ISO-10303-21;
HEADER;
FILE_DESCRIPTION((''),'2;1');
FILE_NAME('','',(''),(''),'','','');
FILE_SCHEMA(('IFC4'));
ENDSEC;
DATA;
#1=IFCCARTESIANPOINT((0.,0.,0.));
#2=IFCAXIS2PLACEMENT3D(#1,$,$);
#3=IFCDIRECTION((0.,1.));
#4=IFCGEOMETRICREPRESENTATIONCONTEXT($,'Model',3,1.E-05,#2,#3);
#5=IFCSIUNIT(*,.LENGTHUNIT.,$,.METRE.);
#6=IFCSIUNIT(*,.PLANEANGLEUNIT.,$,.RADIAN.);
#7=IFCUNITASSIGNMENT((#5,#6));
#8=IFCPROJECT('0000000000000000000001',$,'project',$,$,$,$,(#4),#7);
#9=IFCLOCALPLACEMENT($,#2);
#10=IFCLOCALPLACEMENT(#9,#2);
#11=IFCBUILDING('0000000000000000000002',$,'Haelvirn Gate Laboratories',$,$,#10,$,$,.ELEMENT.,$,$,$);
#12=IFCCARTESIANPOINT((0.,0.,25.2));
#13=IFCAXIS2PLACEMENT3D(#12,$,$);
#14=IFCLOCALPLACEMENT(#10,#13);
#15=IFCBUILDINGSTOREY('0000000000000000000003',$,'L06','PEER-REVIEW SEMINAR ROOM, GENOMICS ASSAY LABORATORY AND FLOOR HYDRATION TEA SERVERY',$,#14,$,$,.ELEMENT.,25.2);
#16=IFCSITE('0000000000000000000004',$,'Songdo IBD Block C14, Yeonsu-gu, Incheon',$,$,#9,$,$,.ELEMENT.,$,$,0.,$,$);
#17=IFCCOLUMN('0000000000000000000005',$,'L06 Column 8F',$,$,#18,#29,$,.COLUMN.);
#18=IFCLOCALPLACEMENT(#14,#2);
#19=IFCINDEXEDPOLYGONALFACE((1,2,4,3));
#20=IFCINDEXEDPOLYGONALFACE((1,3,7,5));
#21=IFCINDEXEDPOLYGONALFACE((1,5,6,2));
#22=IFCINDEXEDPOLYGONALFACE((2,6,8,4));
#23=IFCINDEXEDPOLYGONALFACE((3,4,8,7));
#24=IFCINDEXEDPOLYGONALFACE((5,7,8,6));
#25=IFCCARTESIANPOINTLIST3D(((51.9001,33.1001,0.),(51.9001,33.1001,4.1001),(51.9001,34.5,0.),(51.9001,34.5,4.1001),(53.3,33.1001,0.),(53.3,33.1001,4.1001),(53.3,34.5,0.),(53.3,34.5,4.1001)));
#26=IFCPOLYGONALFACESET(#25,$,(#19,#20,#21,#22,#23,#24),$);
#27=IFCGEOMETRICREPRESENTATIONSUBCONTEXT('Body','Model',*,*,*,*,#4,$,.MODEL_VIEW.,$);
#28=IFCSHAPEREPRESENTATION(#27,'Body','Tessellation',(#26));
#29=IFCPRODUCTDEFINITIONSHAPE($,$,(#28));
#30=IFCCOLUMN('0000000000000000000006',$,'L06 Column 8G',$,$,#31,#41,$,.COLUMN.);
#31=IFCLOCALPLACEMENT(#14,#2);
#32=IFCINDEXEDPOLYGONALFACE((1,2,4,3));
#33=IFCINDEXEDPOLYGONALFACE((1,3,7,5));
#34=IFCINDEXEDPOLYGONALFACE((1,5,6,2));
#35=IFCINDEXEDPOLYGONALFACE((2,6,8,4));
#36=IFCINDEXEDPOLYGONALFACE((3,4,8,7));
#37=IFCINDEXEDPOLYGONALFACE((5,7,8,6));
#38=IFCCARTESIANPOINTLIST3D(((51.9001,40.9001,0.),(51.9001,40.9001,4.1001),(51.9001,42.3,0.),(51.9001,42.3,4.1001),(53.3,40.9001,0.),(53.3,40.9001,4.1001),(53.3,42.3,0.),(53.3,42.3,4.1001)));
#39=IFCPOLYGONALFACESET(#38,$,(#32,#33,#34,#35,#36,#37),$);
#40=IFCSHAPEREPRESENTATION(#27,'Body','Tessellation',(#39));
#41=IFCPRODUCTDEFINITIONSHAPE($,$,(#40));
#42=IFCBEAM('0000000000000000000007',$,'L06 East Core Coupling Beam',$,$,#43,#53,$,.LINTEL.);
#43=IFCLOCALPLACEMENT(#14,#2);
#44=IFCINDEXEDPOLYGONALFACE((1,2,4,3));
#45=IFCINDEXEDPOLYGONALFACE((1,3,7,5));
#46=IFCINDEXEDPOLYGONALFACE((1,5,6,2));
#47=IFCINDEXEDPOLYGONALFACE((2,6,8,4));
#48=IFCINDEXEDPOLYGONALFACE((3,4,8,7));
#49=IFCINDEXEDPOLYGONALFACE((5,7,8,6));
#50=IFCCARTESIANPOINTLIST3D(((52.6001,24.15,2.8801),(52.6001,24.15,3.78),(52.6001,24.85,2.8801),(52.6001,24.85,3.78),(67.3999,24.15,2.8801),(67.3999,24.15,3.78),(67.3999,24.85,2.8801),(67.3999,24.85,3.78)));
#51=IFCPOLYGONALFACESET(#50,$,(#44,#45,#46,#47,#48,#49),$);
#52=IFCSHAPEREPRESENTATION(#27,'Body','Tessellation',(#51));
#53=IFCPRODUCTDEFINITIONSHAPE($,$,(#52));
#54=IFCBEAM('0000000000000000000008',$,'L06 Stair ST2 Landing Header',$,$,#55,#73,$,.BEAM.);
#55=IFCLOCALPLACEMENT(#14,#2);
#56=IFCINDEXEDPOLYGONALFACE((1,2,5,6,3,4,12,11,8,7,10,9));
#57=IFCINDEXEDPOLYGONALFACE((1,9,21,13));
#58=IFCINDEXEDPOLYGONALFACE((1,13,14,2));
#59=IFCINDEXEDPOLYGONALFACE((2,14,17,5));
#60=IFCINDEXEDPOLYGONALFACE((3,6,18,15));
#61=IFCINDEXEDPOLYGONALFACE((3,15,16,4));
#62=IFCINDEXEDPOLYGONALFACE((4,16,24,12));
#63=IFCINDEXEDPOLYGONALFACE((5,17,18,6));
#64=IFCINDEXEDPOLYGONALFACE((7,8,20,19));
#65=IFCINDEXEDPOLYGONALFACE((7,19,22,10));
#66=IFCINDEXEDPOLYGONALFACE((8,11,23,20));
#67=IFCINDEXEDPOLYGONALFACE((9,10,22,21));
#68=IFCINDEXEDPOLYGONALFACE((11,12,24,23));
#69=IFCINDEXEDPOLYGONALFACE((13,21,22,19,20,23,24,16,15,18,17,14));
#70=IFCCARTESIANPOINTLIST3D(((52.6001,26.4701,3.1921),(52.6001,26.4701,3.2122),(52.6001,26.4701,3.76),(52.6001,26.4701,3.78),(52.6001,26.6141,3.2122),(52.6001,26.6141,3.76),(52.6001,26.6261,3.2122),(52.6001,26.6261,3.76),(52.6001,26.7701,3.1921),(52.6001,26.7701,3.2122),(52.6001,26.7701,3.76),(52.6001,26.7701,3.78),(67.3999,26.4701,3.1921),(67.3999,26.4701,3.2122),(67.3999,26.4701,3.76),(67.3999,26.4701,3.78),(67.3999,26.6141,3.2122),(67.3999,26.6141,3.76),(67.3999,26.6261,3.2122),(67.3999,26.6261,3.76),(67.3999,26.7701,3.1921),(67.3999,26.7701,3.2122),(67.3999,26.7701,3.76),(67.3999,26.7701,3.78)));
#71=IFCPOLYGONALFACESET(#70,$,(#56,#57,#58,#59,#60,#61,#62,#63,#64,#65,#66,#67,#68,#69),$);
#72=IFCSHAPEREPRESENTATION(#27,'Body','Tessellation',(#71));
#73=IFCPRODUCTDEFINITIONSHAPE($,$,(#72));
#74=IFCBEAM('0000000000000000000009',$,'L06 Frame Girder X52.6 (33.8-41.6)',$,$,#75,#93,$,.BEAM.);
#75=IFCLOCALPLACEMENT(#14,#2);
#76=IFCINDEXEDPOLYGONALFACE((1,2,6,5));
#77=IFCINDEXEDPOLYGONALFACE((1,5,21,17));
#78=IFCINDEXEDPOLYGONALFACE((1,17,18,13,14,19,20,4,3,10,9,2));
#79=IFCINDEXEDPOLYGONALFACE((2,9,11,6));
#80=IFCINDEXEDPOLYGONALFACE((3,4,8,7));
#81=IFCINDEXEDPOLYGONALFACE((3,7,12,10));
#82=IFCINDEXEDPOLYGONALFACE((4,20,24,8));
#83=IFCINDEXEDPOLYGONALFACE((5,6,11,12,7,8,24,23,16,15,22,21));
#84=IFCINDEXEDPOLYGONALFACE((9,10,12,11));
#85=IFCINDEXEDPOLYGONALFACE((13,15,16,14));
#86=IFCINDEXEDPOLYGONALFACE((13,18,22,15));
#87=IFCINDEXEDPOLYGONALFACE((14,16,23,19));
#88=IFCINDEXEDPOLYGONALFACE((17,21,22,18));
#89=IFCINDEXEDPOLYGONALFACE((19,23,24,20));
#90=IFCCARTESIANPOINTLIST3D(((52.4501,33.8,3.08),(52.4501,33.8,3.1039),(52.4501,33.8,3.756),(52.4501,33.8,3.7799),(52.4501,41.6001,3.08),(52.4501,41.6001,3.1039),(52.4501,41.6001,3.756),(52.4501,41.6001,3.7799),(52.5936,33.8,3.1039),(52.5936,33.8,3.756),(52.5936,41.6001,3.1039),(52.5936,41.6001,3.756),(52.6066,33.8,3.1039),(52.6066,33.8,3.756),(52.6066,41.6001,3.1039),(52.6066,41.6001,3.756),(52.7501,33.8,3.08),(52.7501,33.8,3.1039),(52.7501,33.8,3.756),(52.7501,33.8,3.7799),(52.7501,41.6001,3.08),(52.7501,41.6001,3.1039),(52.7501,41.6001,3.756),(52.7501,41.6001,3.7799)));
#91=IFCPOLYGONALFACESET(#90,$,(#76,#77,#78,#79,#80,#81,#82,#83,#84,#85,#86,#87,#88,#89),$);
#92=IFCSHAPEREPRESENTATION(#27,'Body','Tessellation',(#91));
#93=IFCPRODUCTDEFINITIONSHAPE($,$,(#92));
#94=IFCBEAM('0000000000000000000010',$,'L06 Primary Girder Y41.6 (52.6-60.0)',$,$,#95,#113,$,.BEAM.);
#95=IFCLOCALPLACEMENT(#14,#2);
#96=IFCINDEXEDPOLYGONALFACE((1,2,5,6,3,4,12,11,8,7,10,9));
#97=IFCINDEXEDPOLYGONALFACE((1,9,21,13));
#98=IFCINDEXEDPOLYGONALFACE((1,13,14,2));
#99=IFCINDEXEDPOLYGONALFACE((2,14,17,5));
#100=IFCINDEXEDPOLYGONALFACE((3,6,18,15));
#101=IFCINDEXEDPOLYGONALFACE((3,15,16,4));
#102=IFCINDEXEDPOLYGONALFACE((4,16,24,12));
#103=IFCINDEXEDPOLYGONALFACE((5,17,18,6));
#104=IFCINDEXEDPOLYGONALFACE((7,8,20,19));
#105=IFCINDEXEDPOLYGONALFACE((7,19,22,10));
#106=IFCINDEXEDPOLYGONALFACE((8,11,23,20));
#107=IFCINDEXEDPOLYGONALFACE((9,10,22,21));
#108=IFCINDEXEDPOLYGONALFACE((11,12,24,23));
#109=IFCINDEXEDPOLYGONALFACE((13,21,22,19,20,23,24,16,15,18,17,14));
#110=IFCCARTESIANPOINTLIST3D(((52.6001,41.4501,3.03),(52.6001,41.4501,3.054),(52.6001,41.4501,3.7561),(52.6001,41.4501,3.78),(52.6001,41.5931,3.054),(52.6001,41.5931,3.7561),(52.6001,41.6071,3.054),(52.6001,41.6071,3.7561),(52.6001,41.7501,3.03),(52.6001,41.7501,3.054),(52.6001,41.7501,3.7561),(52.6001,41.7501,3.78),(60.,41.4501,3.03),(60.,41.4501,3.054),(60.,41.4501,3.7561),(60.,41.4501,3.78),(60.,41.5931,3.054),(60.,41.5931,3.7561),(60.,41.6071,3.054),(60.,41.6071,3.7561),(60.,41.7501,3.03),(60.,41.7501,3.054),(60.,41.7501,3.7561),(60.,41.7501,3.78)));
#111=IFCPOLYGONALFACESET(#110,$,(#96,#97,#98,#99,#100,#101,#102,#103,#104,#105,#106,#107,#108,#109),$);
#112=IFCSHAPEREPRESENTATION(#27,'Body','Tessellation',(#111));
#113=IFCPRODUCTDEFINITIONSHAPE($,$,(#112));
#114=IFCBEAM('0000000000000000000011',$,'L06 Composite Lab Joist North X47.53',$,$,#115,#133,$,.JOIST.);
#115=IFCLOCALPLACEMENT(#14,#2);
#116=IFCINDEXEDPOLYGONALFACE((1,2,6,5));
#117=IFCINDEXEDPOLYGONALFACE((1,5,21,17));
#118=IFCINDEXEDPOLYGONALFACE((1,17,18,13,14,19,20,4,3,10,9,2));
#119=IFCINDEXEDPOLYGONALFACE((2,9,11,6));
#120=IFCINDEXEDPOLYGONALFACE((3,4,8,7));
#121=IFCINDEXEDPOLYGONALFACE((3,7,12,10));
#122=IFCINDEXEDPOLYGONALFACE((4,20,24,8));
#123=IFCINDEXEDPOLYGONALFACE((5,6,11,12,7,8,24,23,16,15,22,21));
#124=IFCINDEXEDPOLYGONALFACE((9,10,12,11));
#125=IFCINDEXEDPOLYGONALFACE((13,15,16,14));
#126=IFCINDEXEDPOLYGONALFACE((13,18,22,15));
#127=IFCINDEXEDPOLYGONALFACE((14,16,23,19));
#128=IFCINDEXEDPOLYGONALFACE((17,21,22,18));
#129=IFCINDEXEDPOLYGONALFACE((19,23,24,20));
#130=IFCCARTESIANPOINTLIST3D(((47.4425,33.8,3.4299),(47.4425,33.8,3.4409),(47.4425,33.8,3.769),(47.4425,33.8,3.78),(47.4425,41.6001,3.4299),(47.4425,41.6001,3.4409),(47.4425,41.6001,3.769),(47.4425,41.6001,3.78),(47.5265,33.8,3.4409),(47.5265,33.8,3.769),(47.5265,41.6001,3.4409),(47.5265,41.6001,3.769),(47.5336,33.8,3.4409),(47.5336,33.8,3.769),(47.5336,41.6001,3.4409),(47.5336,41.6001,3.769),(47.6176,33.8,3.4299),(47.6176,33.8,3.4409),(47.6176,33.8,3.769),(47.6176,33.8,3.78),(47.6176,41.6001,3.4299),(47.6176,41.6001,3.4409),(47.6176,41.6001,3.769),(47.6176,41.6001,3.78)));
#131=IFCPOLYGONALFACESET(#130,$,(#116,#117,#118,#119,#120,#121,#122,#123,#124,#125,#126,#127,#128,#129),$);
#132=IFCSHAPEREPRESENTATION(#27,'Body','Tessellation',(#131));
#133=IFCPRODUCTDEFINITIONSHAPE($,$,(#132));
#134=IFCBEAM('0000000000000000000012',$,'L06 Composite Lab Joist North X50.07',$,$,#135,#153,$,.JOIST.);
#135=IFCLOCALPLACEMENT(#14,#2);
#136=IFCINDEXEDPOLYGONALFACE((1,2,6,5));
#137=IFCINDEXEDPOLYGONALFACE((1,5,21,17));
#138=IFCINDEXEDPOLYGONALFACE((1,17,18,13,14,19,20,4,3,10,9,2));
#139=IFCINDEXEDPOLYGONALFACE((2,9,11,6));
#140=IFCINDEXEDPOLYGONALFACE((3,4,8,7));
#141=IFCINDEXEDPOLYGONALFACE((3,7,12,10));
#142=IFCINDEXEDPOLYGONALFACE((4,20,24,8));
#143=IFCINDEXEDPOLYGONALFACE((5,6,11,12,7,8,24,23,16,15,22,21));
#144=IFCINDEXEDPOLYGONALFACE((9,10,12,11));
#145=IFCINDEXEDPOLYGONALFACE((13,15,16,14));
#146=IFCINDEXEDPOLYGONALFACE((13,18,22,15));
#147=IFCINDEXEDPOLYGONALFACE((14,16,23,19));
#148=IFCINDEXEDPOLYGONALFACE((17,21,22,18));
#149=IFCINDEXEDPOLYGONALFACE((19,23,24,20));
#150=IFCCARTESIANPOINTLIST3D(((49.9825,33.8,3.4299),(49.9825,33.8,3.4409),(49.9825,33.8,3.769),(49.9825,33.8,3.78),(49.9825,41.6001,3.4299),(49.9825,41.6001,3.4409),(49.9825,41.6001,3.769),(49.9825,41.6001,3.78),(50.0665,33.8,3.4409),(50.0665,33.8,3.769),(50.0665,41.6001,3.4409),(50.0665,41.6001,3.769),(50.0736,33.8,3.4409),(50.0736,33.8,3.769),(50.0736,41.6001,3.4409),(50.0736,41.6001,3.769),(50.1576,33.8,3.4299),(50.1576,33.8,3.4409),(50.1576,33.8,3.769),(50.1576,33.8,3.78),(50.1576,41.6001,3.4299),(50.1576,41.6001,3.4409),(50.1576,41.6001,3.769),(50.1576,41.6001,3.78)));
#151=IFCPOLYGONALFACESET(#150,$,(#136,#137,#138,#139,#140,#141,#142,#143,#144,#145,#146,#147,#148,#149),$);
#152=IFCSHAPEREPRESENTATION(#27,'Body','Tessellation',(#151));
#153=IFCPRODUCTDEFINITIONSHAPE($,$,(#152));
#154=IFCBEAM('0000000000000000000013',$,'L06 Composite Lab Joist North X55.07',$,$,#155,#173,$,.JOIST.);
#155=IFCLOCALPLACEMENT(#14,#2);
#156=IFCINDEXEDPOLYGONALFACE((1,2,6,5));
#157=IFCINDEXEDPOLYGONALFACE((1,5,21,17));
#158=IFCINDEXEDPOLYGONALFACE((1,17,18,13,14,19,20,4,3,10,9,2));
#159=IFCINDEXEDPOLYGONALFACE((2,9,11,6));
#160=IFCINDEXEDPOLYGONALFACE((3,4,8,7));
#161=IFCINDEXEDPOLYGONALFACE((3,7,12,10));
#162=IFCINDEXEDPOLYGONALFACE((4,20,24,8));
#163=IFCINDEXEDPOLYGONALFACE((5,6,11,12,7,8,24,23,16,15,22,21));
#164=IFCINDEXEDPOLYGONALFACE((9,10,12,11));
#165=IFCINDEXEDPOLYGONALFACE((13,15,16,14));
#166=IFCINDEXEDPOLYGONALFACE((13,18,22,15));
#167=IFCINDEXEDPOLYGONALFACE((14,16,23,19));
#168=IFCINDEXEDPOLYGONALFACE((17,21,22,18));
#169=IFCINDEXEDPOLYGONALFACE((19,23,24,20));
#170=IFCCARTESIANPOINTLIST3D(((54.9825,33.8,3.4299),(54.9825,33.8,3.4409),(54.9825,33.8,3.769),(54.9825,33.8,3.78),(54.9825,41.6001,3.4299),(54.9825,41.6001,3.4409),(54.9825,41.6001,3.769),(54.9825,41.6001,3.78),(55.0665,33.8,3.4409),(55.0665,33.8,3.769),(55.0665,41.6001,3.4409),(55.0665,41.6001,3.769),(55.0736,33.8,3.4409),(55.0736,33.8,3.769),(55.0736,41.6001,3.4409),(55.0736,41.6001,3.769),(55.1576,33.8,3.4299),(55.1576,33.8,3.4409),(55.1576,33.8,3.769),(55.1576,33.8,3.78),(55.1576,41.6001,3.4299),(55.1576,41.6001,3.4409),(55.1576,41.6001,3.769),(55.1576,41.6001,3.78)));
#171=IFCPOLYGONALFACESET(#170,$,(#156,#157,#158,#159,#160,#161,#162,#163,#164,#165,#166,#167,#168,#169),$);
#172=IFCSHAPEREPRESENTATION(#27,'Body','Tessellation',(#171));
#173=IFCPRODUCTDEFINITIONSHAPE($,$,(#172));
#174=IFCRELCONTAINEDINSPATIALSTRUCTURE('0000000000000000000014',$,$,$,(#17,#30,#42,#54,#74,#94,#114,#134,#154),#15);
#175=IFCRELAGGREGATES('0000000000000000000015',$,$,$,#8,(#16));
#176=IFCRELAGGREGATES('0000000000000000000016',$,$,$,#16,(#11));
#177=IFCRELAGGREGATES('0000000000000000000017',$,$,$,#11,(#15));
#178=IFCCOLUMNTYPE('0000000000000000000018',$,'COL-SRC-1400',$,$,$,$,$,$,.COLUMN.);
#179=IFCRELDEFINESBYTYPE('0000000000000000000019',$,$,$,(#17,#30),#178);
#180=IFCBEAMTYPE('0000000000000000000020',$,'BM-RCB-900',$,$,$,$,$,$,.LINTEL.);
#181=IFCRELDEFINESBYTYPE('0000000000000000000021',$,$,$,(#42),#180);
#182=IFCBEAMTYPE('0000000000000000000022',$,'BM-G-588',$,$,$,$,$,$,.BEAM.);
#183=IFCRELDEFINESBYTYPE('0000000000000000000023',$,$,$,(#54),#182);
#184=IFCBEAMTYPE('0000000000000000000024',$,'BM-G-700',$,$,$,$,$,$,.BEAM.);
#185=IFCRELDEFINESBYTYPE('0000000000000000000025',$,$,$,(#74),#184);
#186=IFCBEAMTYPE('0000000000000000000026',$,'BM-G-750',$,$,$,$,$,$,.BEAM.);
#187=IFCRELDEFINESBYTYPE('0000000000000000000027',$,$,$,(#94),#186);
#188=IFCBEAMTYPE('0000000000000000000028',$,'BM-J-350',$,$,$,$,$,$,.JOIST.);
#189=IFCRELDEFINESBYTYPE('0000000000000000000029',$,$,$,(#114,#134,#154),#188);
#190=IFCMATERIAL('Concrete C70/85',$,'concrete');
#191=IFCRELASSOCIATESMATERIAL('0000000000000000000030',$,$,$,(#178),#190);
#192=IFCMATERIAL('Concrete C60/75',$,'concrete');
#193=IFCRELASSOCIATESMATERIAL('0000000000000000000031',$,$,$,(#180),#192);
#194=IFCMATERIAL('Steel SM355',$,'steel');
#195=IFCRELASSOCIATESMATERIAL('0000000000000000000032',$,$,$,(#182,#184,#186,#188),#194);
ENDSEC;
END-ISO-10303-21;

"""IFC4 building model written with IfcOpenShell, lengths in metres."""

from ifc_helpers import new_model, si_unit, direction, frame, origin, origin_2d, place, context, subcontext, project, spatial, rectangle, i_section, extrude, source, transform, mapped, material, material_profile, profile_set, type_object, type_shapes, element, save


model = new_model("IFC4")

# Units and contexts
model_context = context("Model", 3, precision=1e-05, world=origin(), true_north=direction((0.0, 1.0)))
body_context = subcontext(model_context, "Body", "Model", "MODEL_VIEW")
ifc_project = project(units=[si_unit("LENGTHUNIT", "METRE"), si_unit("PLANEANGLEUNIT", "RADIAN")], contexts=[model_context])

# Site, building, storey
site_placement = place(None, origin())
site = spatial("IfcSite", under=ifc_project, at=site_placement, Name="Songdo IBD Block C14, Yeonsu-gu, Incheon", CompositionType="ELEMENT", RefElevation=0.0)
building_placement = place(site_placement, origin())
building = spatial("IfcBuilding", under=site, at=building_placement, Name="Haelvirn Gate Laboratories", CompositionType="ELEMENT")
storey_placement = place(building_placement, frame((0.0, 0.0, 25.2)))
storey = spatial("IfcBuildingStorey", under=building, at=storey_placement, Name="L06", Description="PEER-REVIEW SEMINAR ROOM, GENOMICS ASSAY LABORATORY AND FLOOR HYDRATION TEA SERVERY", CompositionType="ELEMENT", Elevation=25.2)

# Columns
ifc_material_1 = material(Name="Concrete C70/85", Category="concrete")
ifc_material_profile_1 = material_profile(ifc_material_1, rectangle(XDim=1.3999, YDim=1.3999, at=origin_2d()), Name="SRC-1400x1400")
ifc_profile_set_1 = profile_set([ifc_material_profile_1], Name="Concrete C70/85")
column_type = type_object("IfcColumnType", Name="COL-SRC-1400", PredefinedType="COLUMN", material=ifc_profile_set_1)
shared_shape_1 = source(origin(), body_context, "Body", "SweptSolid", [
    extrude(rectangle(XDim=1.3999, YDim=1.3999, at=origin_2d()), origin(), (0.0, 0.0, 1.0), 4.1001),
])
type_shapes(column_type, [shared_shape_1])
for number, where, z_axis, x_axis, name in (
    (1, (52.6001, 33.8, 0.0), (0.0, 0.0, 1.0), (1.0, 0.0, 0.0), "L06 Column 8F"),
    (2, (52.6001, 41.6001, 0.0), (0.0, 0.0, 1.0), (1.0, 0.0, 0.0), "L06 Column 8G"),
):
    element("IfcColumn", number, at=place(storey_placement, frame(where, z_axis=z_axis, x_axis=x_axis)), inside=storey, type_object=column_type, Name=name, PredefinedType="COLUMN", context=body_context, shape_type="MappedRepresentation", body=[
        mapped(shared_shape_1, transform((0.0, 0.0, 0.0), scale=1.0)),
    ])

# Beams
ifc_material_2 = material(Name="Concrete C60/75", Category="concrete")
ifc_material_profile_2 = material_profile(ifc_material_2, rectangle(XDim=0.7, YDim=0.8999, at=origin_2d()), Name="RCB-700x900")
ifc_profile_set_2 = profile_set([ifc_material_profile_2], Name="Concrete C60/75")
beam_type_1 = type_object("IfcBeamType", Name="BM-RCB-900", PredefinedType="LINTEL", material=ifc_profile_set_2)
shared_shape_2 = source(origin(), body_context, "Body", "SweptSolid", [
    extrude(rectangle(XDim=0.7, YDim=0.8999, at=origin_2d()), origin(), (0.0, 0.0, 1.0), 14.7998),
])
type_shapes(beam_type_1, [shared_shape_2])
beam_1_placement = place(storey_placement, frame((52.6001, 24.5, 3.3301), z_axis=(1.0, 0.0, 0.0), x_axis=(0.0, 1.0, 0.0)))
element("IfcBeam", 3, at=beam_1_placement, inside=storey, type_object=beam_type_1, Name="L06 East Core Coupling Beam", PredefinedType="LINTEL", context=body_context, shape_type="MappedRepresentation", body=[
    mapped(shared_shape_2, transform((0.0, 0.0, 0.0), scale=1.0)),
])
ifc_material_3 = material(Name="Steel SM355", Category="steel")
ifc_material_profile_3 = material_profile(ifc_material_3, i_section(OverallWidth=0.3, OverallDepth=0.5879, WebThickness=0.012, FlangeThickness=0.02, at=origin_2d()), Name="H-588x300x12x20")
ifc_profile_set_3 = profile_set([ifc_material_profile_3], Name="Steel SM355")
beam_type_2 = type_object("IfcBeamType", Name="BM-G-588", PredefinedType="BEAM", material=ifc_profile_set_3)
shared_shape_3 = source(origin(), body_context, "Body", "SweptSolid", [
    extrude(i_section(OverallWidth=0.3, OverallDepth=0.5879, WebThickness=0.012, FlangeThickness=0.02, at=origin_2d()), origin(), (0.0, 0.0, 1.0), 14.7998),
])
type_shapes(beam_type_2, [shared_shape_3])
beam_2_placement = place(storey_placement, frame((52.6001, 26.6201, 3.4861), z_axis=(1.0, 0.0, 0.0), x_axis=(0.0, 1.0, 0.0)))
element("IfcBeam", 4, at=beam_2_placement, inside=storey, type_object=beam_type_2, Name="L06 Stair ST2 Landing Header", PredefinedType="BEAM", context=body_context, shape_type="MappedRepresentation", body=[
    mapped(shared_shape_3, transform((0.0, 0.0, 0.0), scale=1.0)),
])
ifc_material_profile_4 = material_profile(ifc_material_3, i_section(OverallWidth=0.3, OverallDepth=0.7, WebThickness=0.0129, FlangeThickness=0.0239, at=origin_2d()), Name="H-700x300x13x24")
ifc_profile_set_4 = profile_set([ifc_material_profile_4], Name="Steel SM355")
beam_type_3 = type_object("IfcBeamType", Name="BM-G-700", PredefinedType="BEAM", material=ifc_profile_set_4)
shared_shape_4 = source(origin(), body_context, "Body", "SweptSolid", [
    extrude(i_section(OverallWidth=0.3, OverallDepth=0.7, WebThickness=0.0129, FlangeThickness=0.0239, at=origin_2d()), origin(), (0.0, 0.0, 1.0), 7.8),
])
type_shapes(beam_type_3, [shared_shape_4])
beam_3_placement = place(storey_placement, frame((52.6001, 33.8, 3.4299), z_axis=(0.0, 1.0, 0.0), x_axis=(-1.0, 0.0, 0.0)))
element("IfcBeam", 5, at=beam_3_placement, inside=storey, type_object=beam_type_3, Name="L06 Frame Girder X52.6 (33.8-41.6)", PredefinedType="BEAM", context=body_context, shape_type="MappedRepresentation", body=[
    mapped(shared_shape_4, transform((0.0, 0.0, 0.0), scale=1.0)),
])
ifc_material_profile_5 = material_profile(ifc_material_3, i_section(OverallWidth=0.3, OverallDepth=0.75, WebThickness=0.0139, FlangeThickness=0.0239, at=origin_2d()), Name="H-750x300x14x24")
ifc_profile_set_5 = profile_set([ifc_material_profile_5], Name="Steel SM355")
beam_type_4 = type_object("IfcBeamType", Name="BM-G-750", PredefinedType="BEAM", material=ifc_profile_set_5)
shared_shape_5 = source(origin(), body_context, "Body", "SweptSolid", [
    extrude(i_section(OverallWidth=0.3, OverallDepth=0.75, WebThickness=0.0139, FlangeThickness=0.0239, at=origin_2d()), origin(), (0.0, 0.0, 1.0), 7.3999),
])
type_shapes(beam_type_4, [shared_shape_5])
beam_4_placement = place(storey_placement, frame((52.6001, 41.6001, 3.405), z_axis=(1.0, 0.0, 0.0), x_axis=(0.0, 1.0, 0.0)))
element("IfcBeam", 6, at=beam_4_placement, inside=storey, type_object=beam_type_4, Name="L06 Primary Girder Y41.6 (52.6-60.0)", PredefinedType="BEAM", context=body_context, shape_type="MappedRepresentation", body=[
    mapped(shared_shape_5, transform((0.0, 0.0, 0.0), scale=1.0)),
])
ifc_material_profile_6 = material_profile(ifc_material_3, i_section(OverallWidth=0.175, OverallDepth=0.3501, WebThickness=0.0071, FlangeThickness=0.011, at=origin_2d()), Name="H-350x175x7x11")
ifc_profile_set_6 = profile_set([ifc_material_profile_6], Name="Steel SM355")
beam_type_5 = type_object("IfcBeamType", Name="BM-J-350", PredefinedType="JOIST", material=ifc_profile_set_6)
shared_shape_6 = source(origin(), body_context, "Body", "SweptSolid", [
    extrude(i_section(OverallWidth=0.175, OverallDepth=0.3501, WebThickness=0.0071, FlangeThickness=0.011, at=origin_2d()), origin(), (0.0, 0.0, 1.0), 7.8),
])
type_shapes(beam_type_5, [shared_shape_6])
for number, where, z_axis, x_axis, name in (
    (7, (47.53, 33.8, 3.605), (0.0, 1.0, 0.0), (-1.0, 0.0, 0.0), "L06 Composite Lab Joist North X47.53"),
    (8, (50.0701, 33.8, 3.605), (0.0, 1.0, 0.0), (-1.0, 0.0, 0.0), "L06 Composite Lab Joist North X50.07"),
    (9, (55.0701, 33.8, 3.605), (0.0, 1.0, 0.0), (-1.0, 0.0, 0.0), "L06 Composite Lab Joist North X55.07"),
):
    element("IfcBeam", number, at=place(storey_placement, frame(where, z_axis=z_axis, x_axis=x_axis)), inside=storey, type_object=beam_type_5, Name=name, PredefinedType="JOIST", context=body_context, shape_type="MappedRepresentation", body=[
        mapped(shared_shape_6, transform((0.0, 0.0, 0.0), scale=1.0)),
    ])

save(model, "model.ifc")
